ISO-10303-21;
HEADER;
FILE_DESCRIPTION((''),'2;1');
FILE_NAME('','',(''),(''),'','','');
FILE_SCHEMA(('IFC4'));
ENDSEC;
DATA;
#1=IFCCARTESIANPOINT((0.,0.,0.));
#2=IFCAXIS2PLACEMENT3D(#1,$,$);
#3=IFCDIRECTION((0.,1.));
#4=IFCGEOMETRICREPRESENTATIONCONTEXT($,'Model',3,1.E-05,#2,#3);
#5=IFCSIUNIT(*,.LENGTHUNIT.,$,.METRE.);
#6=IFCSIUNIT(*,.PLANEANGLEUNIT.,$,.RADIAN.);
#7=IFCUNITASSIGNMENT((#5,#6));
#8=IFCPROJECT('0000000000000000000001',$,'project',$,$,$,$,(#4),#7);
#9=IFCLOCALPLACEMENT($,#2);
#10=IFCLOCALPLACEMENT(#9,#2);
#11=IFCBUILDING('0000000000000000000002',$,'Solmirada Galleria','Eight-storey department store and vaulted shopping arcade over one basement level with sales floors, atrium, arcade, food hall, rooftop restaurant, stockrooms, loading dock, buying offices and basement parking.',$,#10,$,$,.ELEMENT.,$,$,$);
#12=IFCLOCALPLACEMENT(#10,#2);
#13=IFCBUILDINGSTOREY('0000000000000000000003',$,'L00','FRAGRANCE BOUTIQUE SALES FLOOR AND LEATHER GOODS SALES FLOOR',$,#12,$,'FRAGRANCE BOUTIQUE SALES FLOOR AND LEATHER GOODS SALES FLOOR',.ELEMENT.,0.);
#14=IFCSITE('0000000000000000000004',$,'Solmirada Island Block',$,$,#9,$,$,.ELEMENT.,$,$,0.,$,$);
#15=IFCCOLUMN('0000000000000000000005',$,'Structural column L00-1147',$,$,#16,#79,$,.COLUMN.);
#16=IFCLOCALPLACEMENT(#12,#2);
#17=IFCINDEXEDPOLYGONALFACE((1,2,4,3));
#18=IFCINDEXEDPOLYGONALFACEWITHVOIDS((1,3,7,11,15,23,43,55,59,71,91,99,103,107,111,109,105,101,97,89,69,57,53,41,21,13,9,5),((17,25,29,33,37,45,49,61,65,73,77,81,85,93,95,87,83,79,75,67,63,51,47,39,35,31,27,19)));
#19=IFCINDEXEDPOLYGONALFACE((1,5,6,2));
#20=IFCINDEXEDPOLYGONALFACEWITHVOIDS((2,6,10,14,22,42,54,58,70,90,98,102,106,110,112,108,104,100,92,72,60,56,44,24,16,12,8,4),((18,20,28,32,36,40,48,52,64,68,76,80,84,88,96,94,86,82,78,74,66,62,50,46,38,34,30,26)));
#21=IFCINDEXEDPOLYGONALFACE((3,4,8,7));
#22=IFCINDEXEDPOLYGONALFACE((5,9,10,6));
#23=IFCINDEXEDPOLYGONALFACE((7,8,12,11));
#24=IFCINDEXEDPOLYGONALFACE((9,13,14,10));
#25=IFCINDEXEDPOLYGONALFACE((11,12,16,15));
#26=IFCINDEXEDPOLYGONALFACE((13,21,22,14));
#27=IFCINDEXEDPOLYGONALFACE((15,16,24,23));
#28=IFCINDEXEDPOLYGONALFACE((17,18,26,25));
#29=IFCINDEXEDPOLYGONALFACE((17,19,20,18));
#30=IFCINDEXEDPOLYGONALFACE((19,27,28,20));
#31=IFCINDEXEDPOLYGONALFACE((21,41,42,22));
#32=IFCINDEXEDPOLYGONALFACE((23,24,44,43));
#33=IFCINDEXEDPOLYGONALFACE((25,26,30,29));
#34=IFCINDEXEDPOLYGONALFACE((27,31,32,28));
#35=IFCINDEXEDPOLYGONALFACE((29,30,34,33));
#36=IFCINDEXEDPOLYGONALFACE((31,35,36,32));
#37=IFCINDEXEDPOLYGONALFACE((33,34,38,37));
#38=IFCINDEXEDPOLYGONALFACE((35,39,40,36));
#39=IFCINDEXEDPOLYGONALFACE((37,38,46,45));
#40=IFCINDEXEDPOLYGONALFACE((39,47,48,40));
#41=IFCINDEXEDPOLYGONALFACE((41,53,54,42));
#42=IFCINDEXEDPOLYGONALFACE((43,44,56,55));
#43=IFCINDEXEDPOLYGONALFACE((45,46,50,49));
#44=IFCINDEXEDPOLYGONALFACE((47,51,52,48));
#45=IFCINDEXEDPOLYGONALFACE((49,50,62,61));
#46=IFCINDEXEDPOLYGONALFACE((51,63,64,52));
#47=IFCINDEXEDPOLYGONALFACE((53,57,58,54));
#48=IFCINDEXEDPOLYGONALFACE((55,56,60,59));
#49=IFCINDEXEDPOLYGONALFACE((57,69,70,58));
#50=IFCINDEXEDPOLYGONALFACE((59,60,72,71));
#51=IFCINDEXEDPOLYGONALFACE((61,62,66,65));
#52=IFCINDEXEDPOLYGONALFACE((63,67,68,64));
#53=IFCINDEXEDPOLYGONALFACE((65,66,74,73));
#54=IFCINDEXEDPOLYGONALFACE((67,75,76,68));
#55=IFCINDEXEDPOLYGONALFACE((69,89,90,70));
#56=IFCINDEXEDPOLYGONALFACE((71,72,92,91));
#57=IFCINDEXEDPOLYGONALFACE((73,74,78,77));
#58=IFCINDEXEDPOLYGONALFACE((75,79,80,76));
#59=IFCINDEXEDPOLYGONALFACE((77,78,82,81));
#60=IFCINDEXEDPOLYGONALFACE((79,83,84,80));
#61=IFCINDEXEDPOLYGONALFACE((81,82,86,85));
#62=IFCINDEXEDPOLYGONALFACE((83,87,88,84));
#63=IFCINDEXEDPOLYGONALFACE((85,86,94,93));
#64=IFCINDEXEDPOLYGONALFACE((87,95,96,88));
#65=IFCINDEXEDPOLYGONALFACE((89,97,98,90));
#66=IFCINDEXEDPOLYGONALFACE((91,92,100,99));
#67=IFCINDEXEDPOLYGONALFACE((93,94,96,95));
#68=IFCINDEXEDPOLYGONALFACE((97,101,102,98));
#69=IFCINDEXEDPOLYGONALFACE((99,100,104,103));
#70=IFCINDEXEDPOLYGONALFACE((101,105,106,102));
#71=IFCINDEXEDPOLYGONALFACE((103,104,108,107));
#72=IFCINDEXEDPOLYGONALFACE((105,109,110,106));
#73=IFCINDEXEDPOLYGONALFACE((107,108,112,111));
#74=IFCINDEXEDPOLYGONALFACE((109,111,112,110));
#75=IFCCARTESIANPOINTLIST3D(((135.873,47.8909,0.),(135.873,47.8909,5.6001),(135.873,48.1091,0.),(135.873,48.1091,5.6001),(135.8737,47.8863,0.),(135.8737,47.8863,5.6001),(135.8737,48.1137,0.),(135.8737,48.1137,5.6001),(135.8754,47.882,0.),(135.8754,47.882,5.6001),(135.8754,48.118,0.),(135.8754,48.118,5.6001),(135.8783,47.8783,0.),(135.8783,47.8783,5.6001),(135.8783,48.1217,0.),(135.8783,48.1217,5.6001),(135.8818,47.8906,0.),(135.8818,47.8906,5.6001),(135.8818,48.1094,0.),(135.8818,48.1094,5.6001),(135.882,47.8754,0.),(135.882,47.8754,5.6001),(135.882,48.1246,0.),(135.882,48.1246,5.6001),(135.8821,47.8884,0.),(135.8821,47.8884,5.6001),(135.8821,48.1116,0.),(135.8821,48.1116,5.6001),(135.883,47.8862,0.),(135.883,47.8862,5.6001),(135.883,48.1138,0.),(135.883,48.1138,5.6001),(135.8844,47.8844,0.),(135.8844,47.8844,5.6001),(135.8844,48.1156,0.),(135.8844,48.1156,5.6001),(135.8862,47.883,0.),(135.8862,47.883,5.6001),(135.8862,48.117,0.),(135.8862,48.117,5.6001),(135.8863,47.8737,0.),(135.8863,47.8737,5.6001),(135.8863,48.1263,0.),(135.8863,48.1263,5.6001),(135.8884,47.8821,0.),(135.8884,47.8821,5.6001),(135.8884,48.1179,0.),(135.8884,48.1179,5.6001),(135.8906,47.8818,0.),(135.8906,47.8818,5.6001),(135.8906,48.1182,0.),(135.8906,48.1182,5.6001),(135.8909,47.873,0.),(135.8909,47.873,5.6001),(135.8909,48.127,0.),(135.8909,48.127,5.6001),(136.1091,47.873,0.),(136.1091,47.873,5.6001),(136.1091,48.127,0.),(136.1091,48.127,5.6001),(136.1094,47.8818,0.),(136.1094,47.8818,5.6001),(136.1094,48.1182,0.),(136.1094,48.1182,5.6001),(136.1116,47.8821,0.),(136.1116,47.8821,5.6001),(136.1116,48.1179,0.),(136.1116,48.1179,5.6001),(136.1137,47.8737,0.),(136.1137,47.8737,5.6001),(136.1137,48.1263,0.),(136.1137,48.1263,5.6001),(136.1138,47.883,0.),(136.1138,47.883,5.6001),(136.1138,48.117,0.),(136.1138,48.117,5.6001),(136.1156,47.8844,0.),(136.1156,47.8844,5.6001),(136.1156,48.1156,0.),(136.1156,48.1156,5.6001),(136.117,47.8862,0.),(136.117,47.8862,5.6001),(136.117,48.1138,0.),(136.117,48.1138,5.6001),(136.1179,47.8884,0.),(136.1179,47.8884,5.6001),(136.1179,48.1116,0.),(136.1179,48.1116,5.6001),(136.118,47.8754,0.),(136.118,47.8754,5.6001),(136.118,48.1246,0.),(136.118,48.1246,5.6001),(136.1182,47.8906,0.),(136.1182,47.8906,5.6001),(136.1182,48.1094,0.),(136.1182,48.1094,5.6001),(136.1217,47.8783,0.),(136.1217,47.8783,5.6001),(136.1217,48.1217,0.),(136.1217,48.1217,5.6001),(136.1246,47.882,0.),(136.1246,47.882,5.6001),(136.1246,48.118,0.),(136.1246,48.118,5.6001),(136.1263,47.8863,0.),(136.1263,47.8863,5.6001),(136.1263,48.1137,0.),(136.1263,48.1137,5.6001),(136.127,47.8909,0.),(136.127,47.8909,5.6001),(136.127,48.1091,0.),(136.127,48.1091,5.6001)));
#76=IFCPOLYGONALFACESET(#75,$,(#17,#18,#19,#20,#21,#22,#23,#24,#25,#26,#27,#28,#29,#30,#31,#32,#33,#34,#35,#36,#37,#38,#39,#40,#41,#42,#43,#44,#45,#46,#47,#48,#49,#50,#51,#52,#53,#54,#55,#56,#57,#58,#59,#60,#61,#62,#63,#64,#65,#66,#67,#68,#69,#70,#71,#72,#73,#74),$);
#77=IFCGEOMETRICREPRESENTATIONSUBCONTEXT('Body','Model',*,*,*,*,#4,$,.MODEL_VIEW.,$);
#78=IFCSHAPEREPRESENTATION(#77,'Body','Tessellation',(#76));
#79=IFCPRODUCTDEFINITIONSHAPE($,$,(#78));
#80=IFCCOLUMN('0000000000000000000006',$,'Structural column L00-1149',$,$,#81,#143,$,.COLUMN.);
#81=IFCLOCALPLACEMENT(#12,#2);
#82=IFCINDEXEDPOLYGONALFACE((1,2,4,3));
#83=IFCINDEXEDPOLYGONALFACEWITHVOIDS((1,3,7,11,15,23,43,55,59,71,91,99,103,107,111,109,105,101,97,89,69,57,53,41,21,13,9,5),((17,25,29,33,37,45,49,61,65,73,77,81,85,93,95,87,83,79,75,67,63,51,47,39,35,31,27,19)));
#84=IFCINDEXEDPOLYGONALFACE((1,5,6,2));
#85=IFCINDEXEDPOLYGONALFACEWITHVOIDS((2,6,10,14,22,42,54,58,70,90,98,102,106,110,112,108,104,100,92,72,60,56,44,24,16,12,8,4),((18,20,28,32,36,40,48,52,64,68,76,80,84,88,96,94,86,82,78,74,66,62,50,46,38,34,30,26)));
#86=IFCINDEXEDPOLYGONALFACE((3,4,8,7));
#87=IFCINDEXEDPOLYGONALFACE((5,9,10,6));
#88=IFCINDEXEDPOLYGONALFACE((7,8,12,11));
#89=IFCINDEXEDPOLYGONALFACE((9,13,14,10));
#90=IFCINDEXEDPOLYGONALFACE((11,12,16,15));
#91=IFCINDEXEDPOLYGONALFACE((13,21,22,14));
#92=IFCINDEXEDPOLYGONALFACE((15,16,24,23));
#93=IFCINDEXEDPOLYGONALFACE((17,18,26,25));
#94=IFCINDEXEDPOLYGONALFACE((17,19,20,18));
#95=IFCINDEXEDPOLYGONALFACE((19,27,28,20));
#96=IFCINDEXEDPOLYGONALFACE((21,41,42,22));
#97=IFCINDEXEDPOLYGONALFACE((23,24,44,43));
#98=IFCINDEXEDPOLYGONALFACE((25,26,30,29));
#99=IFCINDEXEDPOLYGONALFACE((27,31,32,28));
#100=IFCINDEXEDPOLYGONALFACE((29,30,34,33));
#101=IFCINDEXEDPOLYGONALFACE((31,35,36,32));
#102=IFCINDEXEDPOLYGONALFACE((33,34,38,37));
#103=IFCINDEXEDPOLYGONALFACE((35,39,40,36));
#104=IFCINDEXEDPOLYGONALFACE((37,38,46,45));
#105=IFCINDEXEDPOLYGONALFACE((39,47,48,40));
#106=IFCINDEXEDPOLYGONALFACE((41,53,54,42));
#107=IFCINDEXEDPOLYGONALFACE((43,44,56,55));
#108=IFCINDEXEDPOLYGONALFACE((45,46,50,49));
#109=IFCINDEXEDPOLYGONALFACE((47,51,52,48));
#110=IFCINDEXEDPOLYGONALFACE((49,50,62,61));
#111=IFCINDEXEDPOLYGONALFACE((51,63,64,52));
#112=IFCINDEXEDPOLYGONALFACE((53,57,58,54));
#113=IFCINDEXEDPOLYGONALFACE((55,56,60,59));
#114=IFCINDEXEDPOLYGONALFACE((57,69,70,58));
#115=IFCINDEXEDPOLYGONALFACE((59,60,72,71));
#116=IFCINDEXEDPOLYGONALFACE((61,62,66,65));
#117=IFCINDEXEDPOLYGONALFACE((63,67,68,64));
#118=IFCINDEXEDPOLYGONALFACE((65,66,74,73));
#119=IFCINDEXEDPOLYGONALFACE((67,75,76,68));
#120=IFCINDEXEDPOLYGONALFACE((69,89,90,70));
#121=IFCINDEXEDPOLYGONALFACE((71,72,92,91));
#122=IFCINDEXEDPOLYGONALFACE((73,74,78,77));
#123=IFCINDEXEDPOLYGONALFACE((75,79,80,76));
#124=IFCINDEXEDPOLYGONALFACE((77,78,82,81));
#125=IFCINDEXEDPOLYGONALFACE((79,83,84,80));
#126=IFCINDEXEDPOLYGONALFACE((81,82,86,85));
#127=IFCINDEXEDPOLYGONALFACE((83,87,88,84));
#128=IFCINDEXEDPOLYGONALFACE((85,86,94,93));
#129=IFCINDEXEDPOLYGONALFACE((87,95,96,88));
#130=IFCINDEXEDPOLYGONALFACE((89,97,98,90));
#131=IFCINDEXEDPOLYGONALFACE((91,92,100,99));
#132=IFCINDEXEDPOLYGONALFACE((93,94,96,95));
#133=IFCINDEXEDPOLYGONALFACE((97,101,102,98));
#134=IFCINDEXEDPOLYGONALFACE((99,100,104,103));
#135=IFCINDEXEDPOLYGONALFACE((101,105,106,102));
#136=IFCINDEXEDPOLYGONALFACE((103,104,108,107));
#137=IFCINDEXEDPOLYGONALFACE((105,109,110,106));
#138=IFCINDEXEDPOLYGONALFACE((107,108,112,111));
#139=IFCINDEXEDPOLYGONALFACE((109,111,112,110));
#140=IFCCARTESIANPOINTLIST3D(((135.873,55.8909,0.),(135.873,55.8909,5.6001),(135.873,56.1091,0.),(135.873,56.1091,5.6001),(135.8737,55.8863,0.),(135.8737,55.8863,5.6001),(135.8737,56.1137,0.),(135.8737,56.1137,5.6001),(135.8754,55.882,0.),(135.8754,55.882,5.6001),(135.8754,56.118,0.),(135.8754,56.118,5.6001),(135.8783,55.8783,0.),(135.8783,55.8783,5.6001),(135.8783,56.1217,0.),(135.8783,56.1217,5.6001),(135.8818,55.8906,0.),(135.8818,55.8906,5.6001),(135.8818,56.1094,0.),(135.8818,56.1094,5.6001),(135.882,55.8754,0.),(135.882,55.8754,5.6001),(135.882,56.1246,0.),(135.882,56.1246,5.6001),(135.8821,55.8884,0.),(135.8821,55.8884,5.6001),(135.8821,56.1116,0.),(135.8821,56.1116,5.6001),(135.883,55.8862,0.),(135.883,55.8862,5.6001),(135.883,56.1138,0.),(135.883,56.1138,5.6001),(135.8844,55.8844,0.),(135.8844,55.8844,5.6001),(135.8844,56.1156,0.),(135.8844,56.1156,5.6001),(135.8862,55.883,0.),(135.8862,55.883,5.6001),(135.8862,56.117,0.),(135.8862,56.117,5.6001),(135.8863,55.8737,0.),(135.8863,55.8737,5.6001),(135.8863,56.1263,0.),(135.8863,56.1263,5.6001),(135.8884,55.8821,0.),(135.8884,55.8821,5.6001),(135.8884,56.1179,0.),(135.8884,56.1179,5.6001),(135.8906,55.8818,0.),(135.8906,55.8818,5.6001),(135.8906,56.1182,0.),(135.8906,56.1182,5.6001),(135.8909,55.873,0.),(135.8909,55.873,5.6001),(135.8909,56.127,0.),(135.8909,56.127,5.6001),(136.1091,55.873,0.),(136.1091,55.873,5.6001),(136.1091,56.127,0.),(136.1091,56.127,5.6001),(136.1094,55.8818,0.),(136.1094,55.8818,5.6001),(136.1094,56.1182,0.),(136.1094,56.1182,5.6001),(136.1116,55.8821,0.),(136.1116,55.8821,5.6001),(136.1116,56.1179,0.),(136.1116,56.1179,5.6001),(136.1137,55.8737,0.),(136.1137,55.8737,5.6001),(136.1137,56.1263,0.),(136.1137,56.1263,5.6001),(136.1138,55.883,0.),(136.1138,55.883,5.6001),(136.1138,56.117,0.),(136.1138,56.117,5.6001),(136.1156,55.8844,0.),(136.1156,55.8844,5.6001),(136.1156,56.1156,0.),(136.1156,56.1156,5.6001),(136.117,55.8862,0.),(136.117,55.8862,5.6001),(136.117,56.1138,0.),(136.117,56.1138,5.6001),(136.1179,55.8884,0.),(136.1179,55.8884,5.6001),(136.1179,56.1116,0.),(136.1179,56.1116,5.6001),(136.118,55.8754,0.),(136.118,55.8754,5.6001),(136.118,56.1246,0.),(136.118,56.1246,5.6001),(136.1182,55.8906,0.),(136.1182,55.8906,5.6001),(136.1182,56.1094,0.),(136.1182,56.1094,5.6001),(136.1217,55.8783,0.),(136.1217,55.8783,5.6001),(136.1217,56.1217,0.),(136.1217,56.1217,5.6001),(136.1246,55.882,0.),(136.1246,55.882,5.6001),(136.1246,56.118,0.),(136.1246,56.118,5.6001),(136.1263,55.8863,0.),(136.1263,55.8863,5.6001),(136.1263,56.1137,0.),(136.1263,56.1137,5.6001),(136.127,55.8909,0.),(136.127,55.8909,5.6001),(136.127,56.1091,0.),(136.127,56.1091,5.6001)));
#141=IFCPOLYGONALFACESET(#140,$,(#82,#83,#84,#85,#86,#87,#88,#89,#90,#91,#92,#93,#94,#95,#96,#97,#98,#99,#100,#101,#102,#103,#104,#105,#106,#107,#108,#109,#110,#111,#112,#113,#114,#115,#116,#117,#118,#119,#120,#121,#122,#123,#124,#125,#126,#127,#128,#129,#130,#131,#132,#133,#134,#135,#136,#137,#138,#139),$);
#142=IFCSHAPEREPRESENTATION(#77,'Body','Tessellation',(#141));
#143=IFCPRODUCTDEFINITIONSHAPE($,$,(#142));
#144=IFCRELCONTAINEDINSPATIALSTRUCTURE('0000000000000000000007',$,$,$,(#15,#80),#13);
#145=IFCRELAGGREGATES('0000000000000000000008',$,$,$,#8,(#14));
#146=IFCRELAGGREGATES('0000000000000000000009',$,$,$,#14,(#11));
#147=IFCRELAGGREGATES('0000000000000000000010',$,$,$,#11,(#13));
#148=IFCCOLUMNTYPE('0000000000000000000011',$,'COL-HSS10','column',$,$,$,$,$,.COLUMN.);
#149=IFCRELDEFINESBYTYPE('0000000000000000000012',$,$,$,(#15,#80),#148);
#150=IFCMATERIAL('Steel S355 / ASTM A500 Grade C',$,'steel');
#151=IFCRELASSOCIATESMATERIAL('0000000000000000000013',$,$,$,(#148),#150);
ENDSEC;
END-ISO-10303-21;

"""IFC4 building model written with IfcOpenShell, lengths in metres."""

from ifc_helpers import new_model, si_unit, direction, frame, origin, origin_2d, place, context, subcontext, project, spatial, hollow_rectangle, extrude, material, material_profile, profile_set, type_object, element, save


model = new_model("IFC4")

# Units and contexts
model_context = context("Model", 3, precision=1e-05, world=origin(), true_north=direction((0.0, 1.0)))
body_context = subcontext(model_context, "Body", "Model", "MODEL_VIEW")
ifc_project = project(units=[si_unit("LENGTHUNIT", "METRE"), si_unit("PLANEANGLEUNIT", "RADIAN")], contexts=[model_context])

# Site, building, storey
site_placement = place(None, origin())
site = spatial("IfcSite", under=ifc_project, at=site_placement, Name="Solmirada Island Block", CompositionType="ELEMENT", RefElevation=0.0)
building_placement = place(site_placement, origin())
building = spatial("IfcBuilding", under=site, at=building_placement, Name="Solmirada Galleria", Description="Eight-storey department store and vaulted shopping arcade over one basement level with sales floors, atrium, arcade, food hall, rooftop restaurant, stockrooms, loading dock, buying offices and basement parking.", CompositionType="ELEMENT")
storey_placement = place(building_placement, origin())
storey = spatial("IfcBuildingStorey", under=building, at=storey_placement, Name="L00", Description="FRAGRANCE BOUTIQUE SALES FLOOR AND LEATHER GOODS SALES FLOOR", LongName="FRAGRANCE BOUTIQUE SALES FLOOR AND LEATHER GOODS SALES FLOOR", CompositionType="ELEMENT", Elevation=0.0)

# Columns
ifc_material_1 = material(Name="Steel S355 / ASTM A500 Grade C", Category="steel")
ifc_material_profile_1 = material_profile(ifc_material_1, hollow_rectangle(XDim=0.2539, YDim=0.2539, WallThickness=0.0088, InnerFilletRadius=0.0088, OuterFilletRadius=0.0178, at=origin_2d()), Name="HSS10X10X3/8")
ifc_profile_set_1 = profile_set([ifc_material_profile_1], Name="Steel S355 / ASTM A500 Grade C")
column_type_1 = type_object("IfcColumnType", Name="COL-HSS10", Description="column", PredefinedType="COLUMN", material=ifc_profile_set_1)
for number, where, z_axis, x_axis, name in (
    (1, (136.0, 48.0, 0.0), (0.0, 0.0, 1.0), (1.0, 0.0, 0.0), "Structural column L00-1147"),
    (2, (136.0, 56.0, 0.0), (0.0, 0.0, 1.0), (1.0, 0.0, 0.0), "Structural column L00-1149"),
):
    element("IfcColumn", number, at=place(storey_placement, frame(where, z_axis=z_axis, x_axis=x_axis)), inside=storey, type_object=column_type_1, Name=name, PredefinedType="COLUMN", context=body_context, shape_type="SweptSolid", body=[
        extrude(hollow_rectangle(XDim=0.2539, YDim=0.2539, WallThickness=0.0088, InnerFilletRadius=0.0088, OuterFilletRadius=0.0178, at=origin_2d()), origin(), (0.0, 0.0, 1.0), 5.6001),
    ])

save(model, "model.ifc")
